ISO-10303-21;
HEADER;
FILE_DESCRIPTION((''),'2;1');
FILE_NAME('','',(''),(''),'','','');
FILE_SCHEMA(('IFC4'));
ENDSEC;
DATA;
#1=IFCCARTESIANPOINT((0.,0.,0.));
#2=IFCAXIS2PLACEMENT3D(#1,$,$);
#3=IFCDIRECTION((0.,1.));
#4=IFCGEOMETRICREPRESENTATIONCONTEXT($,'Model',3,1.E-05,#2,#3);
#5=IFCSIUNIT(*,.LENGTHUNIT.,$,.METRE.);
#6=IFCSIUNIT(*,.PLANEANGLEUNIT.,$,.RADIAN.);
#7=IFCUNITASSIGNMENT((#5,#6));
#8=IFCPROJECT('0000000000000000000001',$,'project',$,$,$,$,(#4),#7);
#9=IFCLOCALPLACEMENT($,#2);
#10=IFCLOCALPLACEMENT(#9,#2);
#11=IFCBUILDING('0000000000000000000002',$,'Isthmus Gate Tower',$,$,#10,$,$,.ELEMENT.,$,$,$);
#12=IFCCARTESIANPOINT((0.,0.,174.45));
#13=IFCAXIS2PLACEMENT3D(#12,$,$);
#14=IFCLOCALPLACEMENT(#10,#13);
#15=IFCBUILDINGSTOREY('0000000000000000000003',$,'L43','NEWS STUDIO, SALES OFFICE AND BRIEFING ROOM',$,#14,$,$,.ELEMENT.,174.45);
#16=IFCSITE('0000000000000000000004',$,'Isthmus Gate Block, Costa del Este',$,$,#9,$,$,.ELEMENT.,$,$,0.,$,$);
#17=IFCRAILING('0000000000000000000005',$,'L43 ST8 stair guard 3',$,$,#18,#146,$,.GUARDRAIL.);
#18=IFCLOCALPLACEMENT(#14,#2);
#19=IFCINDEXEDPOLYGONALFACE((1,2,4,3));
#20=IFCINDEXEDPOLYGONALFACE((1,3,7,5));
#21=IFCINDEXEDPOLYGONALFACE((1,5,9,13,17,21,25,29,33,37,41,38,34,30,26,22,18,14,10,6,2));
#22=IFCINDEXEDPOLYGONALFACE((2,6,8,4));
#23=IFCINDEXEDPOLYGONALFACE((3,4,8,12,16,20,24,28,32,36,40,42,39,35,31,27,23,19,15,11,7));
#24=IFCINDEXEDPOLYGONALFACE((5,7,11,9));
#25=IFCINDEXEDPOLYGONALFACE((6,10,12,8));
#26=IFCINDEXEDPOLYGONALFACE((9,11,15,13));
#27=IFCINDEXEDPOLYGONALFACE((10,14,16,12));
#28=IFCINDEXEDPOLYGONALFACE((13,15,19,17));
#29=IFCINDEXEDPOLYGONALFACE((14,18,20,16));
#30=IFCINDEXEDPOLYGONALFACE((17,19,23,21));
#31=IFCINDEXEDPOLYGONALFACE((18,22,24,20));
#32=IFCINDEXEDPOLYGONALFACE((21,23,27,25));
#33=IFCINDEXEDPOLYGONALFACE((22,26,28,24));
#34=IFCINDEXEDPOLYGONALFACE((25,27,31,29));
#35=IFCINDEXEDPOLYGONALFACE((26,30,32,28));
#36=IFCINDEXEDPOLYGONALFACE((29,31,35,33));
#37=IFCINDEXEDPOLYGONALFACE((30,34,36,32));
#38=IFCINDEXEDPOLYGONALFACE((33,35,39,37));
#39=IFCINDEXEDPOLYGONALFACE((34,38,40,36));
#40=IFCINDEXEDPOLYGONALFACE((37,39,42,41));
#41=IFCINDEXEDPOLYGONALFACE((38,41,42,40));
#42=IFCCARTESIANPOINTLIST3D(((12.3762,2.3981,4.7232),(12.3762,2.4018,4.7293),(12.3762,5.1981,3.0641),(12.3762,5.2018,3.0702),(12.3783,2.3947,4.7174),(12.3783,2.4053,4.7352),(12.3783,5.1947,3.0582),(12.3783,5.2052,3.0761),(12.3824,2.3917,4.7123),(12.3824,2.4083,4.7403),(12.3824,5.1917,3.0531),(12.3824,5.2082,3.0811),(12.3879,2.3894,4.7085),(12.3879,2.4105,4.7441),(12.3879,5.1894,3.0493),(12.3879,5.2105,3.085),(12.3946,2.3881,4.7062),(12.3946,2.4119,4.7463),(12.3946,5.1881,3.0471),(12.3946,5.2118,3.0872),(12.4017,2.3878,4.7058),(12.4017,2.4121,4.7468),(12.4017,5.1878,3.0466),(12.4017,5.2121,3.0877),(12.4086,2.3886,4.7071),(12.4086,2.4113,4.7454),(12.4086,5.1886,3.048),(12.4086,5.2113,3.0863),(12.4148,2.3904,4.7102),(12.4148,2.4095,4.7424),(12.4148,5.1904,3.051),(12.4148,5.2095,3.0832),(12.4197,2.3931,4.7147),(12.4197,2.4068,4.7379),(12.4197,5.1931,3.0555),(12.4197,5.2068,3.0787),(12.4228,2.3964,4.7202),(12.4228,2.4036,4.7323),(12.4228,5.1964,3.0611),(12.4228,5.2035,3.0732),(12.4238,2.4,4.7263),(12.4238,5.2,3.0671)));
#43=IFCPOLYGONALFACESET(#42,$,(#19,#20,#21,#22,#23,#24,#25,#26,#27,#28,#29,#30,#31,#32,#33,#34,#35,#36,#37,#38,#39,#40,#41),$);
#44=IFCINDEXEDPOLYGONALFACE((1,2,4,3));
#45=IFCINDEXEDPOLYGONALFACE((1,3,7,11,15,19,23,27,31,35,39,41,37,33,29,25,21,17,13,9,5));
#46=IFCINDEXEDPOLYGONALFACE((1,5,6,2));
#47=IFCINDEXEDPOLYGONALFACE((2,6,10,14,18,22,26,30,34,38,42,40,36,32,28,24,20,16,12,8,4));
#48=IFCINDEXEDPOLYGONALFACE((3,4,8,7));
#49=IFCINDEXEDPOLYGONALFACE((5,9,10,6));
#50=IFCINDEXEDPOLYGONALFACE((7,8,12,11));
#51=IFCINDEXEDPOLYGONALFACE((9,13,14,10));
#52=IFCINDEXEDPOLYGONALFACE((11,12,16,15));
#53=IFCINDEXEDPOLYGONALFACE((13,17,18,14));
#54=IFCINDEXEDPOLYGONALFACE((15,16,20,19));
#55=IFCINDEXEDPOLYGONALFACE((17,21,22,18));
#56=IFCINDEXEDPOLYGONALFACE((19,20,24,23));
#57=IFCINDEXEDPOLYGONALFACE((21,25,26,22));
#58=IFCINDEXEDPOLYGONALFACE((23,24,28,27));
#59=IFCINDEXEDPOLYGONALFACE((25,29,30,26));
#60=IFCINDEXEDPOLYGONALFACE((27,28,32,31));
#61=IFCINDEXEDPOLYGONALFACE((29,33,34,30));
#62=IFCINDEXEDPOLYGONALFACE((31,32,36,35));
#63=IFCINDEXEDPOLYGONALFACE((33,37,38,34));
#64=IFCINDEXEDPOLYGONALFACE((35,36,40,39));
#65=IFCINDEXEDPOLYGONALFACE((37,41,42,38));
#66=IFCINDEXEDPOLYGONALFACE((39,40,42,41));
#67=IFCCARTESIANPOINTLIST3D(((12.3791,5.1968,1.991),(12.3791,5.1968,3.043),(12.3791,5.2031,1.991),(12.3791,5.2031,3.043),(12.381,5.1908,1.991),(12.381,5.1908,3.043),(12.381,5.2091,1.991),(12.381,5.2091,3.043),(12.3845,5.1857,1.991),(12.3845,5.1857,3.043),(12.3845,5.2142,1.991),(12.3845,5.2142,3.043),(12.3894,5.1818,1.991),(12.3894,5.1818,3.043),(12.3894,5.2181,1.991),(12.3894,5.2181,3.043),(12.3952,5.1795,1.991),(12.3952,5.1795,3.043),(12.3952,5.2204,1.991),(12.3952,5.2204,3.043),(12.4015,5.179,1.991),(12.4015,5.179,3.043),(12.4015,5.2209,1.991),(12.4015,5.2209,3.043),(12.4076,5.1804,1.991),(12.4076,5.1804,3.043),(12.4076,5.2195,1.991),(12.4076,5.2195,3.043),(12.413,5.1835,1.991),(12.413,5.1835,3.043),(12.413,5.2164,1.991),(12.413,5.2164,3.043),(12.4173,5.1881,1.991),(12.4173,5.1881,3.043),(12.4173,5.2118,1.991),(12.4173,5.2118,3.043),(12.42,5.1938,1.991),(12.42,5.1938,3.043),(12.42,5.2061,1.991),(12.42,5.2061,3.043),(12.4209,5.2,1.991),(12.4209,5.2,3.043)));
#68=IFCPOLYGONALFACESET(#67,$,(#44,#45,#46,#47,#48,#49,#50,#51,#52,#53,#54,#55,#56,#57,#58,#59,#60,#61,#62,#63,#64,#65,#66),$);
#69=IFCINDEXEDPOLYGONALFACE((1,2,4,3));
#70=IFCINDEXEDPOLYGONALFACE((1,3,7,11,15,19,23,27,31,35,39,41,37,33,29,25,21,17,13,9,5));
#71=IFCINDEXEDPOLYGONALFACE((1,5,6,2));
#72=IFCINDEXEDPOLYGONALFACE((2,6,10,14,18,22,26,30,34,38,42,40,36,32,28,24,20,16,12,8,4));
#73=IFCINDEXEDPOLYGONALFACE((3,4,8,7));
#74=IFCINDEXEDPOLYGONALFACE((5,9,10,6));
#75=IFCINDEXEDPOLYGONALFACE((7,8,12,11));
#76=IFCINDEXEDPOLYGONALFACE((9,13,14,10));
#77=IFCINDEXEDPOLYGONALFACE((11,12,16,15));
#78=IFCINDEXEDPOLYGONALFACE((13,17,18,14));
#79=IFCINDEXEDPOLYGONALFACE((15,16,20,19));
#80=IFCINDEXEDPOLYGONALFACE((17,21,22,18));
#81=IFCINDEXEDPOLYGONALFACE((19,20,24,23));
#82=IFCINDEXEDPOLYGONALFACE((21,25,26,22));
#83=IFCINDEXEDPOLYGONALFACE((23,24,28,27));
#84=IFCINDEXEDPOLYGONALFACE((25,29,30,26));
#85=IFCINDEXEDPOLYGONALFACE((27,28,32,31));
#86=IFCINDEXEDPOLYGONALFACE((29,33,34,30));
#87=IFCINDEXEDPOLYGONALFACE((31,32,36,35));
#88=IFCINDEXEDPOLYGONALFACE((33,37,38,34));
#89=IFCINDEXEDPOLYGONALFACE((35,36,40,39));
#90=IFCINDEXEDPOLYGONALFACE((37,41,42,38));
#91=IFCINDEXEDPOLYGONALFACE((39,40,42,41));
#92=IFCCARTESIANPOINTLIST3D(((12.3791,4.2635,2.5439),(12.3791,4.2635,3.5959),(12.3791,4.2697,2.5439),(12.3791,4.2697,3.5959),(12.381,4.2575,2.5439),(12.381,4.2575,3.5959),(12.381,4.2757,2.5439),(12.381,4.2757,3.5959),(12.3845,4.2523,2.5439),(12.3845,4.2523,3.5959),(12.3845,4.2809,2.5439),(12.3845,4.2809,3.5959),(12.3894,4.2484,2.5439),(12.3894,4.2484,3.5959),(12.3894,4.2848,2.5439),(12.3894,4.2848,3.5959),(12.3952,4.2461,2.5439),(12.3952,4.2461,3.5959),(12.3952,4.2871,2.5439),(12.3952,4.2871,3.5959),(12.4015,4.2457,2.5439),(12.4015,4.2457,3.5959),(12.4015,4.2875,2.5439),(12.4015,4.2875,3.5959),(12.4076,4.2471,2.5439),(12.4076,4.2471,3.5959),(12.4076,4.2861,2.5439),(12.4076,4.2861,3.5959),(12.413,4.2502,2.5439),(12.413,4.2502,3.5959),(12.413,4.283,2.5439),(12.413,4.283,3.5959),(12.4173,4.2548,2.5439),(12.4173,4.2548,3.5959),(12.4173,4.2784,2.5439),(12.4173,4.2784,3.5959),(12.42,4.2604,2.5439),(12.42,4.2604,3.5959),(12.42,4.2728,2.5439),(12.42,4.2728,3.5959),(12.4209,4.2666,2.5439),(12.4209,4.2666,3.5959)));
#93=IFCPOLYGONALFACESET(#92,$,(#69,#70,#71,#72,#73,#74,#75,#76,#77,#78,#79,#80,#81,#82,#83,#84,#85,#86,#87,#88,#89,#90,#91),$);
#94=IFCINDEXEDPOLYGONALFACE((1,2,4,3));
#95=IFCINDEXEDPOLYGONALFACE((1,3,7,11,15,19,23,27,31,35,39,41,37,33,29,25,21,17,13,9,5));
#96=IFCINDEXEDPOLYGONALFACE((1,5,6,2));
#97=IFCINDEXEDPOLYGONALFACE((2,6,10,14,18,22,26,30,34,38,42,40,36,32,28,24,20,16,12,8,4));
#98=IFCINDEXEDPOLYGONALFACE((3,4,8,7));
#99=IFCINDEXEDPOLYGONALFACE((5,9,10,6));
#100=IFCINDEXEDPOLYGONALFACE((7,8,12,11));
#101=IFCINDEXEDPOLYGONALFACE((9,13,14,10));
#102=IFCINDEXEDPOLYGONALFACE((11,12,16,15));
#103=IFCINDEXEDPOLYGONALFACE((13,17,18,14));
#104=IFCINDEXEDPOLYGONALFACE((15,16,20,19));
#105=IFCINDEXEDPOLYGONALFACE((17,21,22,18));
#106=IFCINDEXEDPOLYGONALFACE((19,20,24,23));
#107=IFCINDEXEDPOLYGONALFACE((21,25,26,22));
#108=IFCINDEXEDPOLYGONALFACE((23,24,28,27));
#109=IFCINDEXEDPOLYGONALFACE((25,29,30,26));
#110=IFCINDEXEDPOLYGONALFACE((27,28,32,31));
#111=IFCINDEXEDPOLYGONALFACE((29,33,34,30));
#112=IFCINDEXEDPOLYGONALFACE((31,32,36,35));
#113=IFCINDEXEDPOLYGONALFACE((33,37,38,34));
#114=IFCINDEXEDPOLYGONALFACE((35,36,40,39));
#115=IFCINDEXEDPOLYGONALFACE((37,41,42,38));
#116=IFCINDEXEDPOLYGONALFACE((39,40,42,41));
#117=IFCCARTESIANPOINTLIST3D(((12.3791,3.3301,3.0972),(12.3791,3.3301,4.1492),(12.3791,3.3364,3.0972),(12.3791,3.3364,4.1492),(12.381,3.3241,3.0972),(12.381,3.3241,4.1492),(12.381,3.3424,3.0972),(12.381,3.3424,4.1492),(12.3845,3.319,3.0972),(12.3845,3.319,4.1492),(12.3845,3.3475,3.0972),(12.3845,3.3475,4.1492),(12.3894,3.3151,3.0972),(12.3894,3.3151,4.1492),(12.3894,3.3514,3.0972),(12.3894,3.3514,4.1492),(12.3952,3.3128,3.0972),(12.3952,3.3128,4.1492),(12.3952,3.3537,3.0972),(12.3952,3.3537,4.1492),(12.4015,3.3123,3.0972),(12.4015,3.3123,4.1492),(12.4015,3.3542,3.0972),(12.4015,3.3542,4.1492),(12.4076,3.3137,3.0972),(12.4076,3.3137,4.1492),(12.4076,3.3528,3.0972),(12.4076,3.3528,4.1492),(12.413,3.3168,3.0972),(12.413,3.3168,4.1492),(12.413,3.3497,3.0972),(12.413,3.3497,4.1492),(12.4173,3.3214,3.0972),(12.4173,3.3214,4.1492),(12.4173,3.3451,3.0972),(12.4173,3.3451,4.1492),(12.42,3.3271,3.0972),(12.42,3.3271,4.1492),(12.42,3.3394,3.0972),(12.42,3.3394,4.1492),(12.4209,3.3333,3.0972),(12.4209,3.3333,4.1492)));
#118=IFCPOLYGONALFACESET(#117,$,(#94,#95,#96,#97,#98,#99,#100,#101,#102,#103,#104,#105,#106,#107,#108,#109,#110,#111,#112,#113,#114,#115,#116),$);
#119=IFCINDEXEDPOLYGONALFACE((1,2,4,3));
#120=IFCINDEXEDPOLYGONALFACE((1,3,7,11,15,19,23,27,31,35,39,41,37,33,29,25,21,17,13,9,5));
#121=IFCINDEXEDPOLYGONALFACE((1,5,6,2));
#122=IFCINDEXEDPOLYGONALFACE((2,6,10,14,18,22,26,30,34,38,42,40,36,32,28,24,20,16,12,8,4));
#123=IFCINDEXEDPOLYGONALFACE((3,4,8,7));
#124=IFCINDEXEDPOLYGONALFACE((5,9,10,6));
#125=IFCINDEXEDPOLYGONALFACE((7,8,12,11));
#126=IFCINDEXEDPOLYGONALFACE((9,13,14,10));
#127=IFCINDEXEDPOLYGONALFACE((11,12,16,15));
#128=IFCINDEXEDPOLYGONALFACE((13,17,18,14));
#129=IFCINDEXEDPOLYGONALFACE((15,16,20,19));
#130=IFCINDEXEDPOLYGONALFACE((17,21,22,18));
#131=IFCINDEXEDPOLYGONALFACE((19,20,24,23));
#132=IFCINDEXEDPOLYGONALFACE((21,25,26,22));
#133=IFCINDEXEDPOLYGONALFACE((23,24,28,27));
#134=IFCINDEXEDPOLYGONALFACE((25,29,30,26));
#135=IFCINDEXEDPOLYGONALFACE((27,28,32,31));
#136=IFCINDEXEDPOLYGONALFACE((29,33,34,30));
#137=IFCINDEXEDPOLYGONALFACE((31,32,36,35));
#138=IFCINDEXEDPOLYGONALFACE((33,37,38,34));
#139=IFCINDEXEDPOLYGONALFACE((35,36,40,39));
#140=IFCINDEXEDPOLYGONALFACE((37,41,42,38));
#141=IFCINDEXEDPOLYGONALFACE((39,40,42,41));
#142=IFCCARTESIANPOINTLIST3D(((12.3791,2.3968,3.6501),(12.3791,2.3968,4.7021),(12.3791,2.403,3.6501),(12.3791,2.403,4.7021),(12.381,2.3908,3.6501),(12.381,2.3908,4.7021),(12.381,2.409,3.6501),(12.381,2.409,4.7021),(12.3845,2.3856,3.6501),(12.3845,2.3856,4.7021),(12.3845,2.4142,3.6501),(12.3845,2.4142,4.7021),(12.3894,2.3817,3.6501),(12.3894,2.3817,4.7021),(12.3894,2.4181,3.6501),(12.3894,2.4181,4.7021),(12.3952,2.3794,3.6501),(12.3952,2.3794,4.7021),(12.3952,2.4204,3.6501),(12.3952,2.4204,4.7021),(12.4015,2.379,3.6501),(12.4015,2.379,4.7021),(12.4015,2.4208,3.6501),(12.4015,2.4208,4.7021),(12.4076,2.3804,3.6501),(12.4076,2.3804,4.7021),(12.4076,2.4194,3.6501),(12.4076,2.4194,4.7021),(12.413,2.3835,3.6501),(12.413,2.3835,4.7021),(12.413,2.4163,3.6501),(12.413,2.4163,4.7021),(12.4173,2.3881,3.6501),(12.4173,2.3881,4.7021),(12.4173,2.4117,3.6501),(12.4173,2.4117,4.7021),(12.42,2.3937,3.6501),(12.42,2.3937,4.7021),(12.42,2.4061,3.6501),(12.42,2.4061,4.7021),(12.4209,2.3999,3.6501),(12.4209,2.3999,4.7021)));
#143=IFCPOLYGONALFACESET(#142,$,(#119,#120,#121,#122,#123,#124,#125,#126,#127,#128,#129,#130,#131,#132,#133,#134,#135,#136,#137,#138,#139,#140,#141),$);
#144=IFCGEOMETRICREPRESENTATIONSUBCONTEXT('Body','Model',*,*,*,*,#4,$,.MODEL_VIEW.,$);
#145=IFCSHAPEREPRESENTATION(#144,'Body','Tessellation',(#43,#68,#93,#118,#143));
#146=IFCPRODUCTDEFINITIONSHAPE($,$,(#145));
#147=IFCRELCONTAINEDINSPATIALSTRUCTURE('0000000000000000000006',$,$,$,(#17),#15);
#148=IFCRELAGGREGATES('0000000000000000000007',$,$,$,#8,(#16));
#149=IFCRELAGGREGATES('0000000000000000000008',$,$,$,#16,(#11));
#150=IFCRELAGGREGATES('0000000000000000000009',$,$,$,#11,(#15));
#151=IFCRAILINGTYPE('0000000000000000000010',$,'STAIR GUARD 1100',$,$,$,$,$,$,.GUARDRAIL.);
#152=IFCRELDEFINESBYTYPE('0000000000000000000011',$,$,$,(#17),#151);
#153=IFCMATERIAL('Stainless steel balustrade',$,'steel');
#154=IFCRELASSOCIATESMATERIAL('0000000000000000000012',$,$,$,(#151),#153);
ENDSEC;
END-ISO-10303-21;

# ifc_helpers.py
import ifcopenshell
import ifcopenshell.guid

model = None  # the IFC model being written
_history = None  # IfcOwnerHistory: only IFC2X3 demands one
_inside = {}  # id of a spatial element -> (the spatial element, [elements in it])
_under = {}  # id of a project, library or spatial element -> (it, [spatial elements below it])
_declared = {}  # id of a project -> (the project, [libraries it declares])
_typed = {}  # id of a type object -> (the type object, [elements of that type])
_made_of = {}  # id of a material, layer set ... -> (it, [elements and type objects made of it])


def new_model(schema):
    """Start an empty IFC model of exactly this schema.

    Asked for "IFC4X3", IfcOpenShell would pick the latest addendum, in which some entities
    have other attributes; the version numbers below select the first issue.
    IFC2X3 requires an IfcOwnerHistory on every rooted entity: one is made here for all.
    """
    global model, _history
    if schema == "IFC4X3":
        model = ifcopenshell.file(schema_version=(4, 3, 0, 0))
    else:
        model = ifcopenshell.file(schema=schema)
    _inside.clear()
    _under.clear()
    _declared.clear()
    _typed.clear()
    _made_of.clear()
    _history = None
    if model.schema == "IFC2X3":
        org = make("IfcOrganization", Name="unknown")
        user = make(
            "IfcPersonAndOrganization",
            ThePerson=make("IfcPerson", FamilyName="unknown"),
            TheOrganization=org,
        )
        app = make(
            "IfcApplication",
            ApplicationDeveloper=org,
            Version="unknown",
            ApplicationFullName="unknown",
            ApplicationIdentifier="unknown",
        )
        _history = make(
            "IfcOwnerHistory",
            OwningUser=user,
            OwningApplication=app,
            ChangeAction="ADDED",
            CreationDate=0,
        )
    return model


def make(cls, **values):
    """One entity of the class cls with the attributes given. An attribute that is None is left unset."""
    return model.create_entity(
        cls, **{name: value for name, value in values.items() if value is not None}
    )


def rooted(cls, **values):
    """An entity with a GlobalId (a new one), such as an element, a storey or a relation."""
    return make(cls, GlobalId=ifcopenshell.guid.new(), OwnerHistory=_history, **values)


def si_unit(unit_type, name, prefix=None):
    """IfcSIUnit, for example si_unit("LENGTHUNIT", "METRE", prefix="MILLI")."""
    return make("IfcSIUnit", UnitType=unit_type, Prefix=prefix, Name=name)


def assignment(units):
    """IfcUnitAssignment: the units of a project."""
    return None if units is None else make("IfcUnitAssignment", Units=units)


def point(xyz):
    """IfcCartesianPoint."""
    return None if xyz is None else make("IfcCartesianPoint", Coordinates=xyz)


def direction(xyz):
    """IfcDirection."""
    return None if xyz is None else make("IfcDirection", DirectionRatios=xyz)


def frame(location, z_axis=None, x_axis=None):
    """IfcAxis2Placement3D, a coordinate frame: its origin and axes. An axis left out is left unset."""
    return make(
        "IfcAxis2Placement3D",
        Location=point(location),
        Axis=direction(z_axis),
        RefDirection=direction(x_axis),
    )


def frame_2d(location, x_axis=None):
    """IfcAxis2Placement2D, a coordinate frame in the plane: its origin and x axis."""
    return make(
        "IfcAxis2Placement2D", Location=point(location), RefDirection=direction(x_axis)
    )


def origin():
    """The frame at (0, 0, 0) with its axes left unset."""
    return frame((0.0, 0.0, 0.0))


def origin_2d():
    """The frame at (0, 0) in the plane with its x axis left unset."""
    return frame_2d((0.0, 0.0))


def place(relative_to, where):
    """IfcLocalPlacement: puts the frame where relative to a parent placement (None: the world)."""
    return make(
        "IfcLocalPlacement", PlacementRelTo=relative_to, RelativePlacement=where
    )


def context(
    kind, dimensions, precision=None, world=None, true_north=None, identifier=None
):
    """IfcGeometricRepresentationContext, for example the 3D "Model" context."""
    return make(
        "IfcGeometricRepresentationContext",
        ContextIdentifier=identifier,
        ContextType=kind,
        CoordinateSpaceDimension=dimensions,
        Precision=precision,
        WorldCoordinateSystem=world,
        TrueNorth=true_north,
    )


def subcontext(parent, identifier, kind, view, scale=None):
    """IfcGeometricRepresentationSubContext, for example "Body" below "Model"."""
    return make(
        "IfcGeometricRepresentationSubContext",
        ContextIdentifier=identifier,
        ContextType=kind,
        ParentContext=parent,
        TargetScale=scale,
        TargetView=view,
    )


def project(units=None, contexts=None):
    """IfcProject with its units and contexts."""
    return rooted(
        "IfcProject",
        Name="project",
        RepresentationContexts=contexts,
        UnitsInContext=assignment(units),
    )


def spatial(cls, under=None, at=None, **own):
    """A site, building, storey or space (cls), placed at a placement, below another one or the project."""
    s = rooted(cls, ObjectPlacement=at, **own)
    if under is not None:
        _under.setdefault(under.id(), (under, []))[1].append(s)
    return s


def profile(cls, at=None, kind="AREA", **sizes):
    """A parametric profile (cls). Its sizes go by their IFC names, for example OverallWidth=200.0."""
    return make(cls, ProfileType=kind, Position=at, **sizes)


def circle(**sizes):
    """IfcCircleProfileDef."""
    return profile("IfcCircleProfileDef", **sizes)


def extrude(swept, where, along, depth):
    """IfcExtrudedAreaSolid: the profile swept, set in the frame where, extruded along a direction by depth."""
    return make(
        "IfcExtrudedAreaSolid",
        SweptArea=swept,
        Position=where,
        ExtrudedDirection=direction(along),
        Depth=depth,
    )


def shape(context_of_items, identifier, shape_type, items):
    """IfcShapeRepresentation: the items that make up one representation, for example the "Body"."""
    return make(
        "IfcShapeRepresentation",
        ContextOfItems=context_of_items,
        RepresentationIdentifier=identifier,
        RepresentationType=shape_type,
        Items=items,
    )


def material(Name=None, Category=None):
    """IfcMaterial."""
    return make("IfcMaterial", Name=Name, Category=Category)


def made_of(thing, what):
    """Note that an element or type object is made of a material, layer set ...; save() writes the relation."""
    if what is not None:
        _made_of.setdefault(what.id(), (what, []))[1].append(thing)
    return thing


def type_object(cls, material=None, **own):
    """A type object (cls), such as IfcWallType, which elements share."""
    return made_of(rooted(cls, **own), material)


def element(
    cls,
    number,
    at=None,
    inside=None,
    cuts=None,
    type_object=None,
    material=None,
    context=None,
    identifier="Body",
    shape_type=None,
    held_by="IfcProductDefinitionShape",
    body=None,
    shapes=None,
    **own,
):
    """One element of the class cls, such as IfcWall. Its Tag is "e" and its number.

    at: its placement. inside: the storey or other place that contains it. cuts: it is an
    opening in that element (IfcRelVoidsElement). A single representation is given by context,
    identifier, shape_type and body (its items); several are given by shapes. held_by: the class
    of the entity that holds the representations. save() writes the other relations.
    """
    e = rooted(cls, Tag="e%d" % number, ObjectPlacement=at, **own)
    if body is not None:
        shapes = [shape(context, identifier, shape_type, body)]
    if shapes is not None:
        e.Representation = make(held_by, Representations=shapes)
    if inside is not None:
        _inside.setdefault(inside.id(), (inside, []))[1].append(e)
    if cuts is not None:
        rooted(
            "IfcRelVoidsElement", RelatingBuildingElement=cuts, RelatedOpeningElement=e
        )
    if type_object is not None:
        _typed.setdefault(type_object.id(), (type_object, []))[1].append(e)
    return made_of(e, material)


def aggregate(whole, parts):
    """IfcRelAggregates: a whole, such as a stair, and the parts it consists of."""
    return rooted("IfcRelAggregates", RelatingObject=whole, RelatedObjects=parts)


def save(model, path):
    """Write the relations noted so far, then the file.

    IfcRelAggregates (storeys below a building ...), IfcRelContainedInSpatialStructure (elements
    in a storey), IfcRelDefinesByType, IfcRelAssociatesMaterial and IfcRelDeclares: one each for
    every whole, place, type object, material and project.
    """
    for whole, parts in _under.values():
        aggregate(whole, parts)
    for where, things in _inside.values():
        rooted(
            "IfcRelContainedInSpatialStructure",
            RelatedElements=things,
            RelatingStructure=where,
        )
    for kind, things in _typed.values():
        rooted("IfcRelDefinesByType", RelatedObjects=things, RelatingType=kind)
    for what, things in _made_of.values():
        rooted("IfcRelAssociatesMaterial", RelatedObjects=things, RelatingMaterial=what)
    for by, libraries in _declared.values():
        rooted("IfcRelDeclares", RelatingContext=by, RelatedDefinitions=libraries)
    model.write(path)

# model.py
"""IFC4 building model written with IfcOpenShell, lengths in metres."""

from ifc_helpers import new_model, si_unit, direction, frame, origin, origin_2d, place, context, subcontext, project, spatial, circle, extrude, material, type_object, element, save


model = new_model("IFC4")

# Units and contexts
model_context = context("Model", 3, precision=1e-05, world=origin(), true_north=direction((0.0, 1.0)))
body_context = subcontext(model_context, "Body", "Model", "MODEL_VIEW")
ifc_project = project(units=[si_unit("LENGTHUNIT", "METRE"), si_unit("PLANEANGLEUNIT", "RADIAN")], contexts=[model_context])

# Site, building, storey
site_placement = place(None, origin())
site = spatial("IfcSite", under=ifc_project, at=site_placement, Name="Isthmus Gate Block, Costa del Este", CompositionType="ELEMENT", RefElevation=0.0)
building_placement = place(site_placement, origin())
building = spatial("IfcBuilding", under=site, at=building_placement, Name="Isthmus Gate Tower", CompositionType="ELEMENT")
storey_placement = place(building_placement, frame((0.0, 0.0, 174.45)))
storey = spatial("IfcBuildingStorey", under=building, at=storey_placement, Name="L43", Description="NEWS STUDIO, SALES OFFICE AND BRIEFING ROOM", CompositionType="ELEMENT", Elevation=174.45)

# Railing
ifc_material_1 = material(Name="Stainless steel balustrade", Category="steel")
railing_type_1 = type_object("IfcRailingType", Name="STAIR GUARD 1100", PredefinedType="GUARDRAIL", material=ifc_material_1)
railing_1_placement = place(storey_placement, frame((12.3999, 5.2, 1.991)))
element("IfcRailing", 1, at=railing_1_placement, inside=storey, type_object=railing_type_1, Name="L43 ST8 stair guard 3", PredefinedType="GUARDRAIL", context=body_context, shape_type="SweptSolid", body=[
    extrude(circle(Radius=0.0239, at=origin_2d()), frame((0.0, 0.0, 1.0762), z_axis=(0.0, -0.860306, 0.509778), x_axis=(1.0, 0.0, 0.0)), (0.0, 0.0, 1.0), 3.2546),
    extrude(circle(Radius=0.021, at=origin_2d()), origin(), (0.0, 0.0, 1.0), 1.052),
    extrude(circle(Radius=0.021, at=origin_2d()), frame((0.0, -0.9333, 0.553)), (0.0, 0.0, 1.0), 1.052),
    extrude(circle(Radius=0.021, at=origin_2d()), frame((0.0, -1.8667, 1.1062)), (0.0, 0.0, 1.0), 1.052),
    extrude(circle(Radius=0.021, at=origin_2d()), frame((0.0, -2.8, 1.6592)), (0.0, 0.0, 1.0), 1.052),
])

save(model, "model.ifc")
